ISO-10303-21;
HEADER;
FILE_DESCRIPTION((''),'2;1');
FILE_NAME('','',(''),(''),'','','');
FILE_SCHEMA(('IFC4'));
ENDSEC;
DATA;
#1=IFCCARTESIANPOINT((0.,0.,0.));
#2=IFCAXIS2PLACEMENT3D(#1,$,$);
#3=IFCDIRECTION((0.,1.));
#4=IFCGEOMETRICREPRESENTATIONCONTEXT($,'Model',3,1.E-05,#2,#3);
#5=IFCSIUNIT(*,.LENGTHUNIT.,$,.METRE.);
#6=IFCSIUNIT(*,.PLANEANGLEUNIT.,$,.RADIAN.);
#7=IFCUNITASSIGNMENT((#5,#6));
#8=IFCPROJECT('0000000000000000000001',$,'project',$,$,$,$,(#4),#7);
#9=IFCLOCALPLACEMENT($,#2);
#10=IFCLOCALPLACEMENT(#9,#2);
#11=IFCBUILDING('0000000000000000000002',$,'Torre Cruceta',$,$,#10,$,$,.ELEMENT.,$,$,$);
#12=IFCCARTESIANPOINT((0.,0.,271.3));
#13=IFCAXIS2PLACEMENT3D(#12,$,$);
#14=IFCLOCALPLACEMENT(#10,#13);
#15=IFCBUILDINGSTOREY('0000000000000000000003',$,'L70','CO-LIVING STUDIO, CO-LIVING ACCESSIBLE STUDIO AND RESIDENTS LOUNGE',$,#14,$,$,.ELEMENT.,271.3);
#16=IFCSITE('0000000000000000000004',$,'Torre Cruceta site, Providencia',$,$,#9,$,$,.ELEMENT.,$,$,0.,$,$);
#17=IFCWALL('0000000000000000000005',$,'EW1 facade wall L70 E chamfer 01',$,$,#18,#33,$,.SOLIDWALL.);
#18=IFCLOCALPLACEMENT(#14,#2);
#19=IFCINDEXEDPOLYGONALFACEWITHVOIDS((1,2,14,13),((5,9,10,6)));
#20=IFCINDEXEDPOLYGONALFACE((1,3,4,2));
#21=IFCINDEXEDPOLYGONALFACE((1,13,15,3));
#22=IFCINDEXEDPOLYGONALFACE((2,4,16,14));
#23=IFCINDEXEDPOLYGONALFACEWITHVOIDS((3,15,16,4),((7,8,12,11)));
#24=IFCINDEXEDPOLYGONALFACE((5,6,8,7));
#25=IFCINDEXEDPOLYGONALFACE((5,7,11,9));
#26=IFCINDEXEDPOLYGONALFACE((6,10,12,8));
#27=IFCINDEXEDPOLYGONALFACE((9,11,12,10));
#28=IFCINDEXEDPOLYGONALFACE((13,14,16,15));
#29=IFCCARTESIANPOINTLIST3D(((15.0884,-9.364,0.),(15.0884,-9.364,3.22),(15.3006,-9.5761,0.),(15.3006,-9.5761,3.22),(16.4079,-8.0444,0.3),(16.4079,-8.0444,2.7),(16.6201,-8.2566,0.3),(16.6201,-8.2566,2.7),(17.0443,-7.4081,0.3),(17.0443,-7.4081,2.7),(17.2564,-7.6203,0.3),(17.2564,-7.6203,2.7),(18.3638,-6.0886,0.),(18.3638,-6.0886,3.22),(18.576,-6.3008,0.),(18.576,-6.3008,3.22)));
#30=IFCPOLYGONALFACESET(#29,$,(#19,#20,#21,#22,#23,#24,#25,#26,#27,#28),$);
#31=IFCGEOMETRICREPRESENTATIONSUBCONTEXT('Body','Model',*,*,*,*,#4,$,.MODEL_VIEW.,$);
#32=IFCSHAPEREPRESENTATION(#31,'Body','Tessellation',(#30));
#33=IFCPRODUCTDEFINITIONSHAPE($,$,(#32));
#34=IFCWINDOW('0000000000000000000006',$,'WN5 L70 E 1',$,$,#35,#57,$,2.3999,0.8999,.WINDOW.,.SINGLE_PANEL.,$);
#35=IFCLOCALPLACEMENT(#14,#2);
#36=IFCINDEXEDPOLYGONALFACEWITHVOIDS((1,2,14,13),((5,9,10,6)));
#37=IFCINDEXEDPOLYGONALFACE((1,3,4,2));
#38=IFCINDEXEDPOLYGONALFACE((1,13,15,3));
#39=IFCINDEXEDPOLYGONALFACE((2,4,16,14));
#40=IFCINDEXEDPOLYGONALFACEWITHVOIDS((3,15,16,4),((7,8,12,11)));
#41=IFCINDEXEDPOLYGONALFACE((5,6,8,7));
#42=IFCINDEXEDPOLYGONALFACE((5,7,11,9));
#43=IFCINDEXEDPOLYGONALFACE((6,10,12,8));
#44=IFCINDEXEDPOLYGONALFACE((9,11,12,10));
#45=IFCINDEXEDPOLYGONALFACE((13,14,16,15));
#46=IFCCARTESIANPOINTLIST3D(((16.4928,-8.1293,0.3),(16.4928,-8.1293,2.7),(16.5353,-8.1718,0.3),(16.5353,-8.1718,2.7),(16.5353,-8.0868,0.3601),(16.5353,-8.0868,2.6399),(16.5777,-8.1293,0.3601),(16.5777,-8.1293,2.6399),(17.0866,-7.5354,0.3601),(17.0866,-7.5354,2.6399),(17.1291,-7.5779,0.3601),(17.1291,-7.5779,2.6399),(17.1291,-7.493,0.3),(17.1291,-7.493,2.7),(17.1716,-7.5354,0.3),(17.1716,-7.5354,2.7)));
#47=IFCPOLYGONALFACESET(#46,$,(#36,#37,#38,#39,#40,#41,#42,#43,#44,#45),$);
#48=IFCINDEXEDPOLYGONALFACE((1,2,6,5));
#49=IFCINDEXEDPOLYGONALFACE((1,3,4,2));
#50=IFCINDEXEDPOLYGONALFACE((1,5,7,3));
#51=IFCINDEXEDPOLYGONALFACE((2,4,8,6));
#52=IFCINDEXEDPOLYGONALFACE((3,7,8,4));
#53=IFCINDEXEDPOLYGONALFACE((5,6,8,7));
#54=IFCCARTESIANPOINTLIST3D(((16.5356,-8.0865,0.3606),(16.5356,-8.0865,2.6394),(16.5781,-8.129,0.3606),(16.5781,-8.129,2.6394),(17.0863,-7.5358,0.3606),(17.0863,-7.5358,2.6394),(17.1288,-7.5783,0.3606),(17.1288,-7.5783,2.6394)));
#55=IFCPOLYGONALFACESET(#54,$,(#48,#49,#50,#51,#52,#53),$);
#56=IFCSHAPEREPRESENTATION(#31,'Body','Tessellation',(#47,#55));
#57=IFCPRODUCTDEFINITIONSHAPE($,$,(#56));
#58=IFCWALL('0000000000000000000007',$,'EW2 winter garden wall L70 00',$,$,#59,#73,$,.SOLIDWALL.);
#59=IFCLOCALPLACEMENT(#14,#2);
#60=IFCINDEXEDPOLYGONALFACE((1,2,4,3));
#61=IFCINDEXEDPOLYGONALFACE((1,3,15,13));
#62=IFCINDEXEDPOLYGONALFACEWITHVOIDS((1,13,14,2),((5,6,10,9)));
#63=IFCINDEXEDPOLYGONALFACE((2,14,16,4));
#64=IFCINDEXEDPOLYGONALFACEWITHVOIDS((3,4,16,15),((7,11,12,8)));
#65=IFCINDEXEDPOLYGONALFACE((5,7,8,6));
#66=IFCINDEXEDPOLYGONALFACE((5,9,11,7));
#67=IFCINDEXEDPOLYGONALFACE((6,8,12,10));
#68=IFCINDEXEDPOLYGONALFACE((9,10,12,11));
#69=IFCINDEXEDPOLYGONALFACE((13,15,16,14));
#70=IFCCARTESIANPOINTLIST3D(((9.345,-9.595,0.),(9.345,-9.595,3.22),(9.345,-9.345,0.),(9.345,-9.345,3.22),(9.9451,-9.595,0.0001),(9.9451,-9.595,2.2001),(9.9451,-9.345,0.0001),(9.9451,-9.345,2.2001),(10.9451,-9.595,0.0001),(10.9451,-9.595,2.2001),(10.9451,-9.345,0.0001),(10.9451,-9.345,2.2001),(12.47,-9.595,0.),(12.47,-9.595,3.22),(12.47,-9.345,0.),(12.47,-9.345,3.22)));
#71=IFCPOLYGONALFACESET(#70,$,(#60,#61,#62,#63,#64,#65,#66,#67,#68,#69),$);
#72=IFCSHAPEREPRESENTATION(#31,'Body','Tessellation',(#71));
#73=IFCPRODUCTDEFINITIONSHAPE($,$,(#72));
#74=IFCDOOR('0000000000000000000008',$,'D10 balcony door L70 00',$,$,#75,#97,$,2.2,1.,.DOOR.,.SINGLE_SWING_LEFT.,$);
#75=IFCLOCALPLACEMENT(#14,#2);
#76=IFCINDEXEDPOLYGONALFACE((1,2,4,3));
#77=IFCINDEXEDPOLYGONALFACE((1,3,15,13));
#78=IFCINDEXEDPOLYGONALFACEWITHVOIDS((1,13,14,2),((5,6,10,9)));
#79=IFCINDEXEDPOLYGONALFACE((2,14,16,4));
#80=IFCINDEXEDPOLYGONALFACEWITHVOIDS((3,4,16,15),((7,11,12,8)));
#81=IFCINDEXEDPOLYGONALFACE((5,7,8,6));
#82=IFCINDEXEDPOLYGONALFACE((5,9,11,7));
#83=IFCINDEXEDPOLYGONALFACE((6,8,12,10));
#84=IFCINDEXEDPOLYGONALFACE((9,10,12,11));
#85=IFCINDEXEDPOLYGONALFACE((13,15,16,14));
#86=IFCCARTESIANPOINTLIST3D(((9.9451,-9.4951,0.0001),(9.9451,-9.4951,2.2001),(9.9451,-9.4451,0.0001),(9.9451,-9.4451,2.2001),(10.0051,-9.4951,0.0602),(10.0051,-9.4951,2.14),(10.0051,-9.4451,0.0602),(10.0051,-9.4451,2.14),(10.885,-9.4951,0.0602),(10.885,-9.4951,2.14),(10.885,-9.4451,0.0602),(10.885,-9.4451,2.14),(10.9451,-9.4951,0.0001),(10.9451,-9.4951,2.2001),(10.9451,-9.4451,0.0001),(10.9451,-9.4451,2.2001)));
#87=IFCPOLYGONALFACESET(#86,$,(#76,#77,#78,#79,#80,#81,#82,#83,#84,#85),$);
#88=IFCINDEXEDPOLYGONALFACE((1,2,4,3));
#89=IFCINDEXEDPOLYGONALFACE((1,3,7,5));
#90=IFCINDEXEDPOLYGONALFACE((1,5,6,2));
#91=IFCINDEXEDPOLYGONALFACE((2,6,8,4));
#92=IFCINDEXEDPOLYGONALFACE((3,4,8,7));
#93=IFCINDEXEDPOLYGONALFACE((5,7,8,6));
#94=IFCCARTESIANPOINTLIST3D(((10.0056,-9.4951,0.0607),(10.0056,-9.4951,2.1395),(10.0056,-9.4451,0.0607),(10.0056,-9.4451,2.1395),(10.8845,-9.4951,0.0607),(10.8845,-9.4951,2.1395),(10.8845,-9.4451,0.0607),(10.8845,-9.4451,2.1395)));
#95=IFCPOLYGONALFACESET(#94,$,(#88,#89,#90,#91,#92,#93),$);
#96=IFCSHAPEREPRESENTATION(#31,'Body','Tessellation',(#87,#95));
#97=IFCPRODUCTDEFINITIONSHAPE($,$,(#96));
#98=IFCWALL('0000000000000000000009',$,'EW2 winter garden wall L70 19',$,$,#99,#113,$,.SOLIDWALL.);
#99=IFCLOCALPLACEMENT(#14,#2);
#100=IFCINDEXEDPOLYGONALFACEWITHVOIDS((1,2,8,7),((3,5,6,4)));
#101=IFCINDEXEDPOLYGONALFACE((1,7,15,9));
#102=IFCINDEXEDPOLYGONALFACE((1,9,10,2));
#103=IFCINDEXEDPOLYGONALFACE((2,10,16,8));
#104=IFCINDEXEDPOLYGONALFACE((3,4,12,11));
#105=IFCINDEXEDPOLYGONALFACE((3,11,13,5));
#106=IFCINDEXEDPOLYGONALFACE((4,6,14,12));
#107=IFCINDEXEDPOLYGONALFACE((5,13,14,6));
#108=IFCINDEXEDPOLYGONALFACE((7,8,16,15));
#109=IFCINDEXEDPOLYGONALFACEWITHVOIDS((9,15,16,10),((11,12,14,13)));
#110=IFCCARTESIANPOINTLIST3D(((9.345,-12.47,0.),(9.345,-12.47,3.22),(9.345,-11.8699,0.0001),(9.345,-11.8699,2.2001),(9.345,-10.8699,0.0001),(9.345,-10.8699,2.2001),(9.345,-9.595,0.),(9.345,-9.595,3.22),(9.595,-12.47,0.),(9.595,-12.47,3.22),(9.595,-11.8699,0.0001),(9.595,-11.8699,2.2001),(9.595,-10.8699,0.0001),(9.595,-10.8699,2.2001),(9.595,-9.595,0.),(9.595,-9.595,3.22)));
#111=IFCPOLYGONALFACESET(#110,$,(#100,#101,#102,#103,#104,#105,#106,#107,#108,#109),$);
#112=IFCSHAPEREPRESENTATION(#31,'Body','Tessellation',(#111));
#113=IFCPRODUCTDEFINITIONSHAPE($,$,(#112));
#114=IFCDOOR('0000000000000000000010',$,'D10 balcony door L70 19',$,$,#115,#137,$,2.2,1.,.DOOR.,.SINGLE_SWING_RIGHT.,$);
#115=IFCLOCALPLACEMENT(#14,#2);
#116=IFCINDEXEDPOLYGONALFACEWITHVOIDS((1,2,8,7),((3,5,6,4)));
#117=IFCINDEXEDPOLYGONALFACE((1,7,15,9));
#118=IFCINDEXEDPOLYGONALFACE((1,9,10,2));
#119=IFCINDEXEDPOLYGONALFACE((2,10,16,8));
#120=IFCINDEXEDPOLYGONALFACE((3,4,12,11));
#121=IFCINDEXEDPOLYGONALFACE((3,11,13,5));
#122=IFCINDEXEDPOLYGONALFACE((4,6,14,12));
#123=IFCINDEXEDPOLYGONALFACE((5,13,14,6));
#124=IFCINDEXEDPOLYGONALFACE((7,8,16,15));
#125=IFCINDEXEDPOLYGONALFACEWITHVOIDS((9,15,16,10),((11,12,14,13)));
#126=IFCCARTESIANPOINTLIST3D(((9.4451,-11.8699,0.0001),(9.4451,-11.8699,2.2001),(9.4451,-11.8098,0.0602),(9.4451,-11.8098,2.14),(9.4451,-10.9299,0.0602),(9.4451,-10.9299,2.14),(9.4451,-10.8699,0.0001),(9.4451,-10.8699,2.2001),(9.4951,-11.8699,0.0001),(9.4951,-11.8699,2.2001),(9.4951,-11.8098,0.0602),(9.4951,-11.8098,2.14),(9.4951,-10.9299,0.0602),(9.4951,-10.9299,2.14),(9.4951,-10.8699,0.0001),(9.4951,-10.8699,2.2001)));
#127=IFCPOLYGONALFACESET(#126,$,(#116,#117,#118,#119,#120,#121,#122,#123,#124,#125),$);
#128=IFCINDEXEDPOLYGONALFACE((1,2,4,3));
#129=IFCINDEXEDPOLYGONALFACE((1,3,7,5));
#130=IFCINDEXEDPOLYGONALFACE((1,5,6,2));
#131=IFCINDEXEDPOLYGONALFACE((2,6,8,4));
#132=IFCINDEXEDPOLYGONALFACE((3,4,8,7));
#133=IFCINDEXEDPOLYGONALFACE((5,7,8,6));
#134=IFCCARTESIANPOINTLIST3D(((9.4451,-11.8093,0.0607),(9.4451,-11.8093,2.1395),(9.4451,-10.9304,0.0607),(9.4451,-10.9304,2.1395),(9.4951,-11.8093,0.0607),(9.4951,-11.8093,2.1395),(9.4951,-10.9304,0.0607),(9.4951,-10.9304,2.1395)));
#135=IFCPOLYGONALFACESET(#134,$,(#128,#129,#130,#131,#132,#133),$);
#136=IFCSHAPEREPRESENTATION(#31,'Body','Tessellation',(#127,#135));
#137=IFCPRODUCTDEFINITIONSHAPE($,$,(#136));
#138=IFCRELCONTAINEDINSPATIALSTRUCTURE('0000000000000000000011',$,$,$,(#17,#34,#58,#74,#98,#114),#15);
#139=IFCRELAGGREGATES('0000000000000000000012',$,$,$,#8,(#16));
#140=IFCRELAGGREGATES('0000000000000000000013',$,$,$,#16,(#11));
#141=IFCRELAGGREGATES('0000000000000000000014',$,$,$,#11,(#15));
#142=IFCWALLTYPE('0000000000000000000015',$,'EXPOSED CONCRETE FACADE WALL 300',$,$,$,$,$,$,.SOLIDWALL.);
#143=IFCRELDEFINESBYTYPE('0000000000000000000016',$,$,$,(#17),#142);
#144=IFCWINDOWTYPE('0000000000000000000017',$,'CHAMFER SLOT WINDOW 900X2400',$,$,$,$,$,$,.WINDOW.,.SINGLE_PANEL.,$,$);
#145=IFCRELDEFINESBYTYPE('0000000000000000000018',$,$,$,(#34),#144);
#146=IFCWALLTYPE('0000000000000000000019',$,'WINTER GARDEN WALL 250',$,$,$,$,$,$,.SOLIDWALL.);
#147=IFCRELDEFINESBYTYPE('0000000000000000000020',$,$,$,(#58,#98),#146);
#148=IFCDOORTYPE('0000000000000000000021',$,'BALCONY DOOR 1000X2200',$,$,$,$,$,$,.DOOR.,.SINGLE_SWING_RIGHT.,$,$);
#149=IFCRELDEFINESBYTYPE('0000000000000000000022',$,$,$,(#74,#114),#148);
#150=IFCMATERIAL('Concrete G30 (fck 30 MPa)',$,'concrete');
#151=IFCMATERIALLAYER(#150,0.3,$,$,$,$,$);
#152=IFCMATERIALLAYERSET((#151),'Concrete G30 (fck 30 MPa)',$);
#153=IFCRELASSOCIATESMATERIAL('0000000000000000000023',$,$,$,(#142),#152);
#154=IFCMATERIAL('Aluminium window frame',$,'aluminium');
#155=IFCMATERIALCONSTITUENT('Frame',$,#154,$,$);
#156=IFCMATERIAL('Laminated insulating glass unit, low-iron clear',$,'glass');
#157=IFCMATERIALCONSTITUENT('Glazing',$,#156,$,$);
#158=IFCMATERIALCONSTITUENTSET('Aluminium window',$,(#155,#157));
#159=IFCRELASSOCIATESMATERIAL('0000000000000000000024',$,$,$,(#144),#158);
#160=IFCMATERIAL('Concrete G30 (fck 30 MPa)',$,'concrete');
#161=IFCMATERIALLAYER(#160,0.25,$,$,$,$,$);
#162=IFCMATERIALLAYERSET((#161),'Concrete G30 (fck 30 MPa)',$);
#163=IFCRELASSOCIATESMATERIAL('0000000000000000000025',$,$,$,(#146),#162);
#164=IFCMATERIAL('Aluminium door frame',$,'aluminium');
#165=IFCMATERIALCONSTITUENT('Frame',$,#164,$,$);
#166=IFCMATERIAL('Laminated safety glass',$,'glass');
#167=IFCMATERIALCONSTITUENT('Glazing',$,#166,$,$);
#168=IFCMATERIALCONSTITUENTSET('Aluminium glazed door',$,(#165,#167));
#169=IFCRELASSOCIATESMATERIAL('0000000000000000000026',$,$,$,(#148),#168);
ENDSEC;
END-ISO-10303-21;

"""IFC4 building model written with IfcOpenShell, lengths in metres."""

from ifc_helpers import new_model, si_unit, direction, frame, frame_2d, origin, place, context, subcontext, project, spatial, rectangle, hollow_rectangle, extrude, material, layer, layer_set, constituent, constituent_set, type_object, element, fill, save


model = new_model("IFC4")

# Units and contexts
model_context = context("Model", 3, precision=1e-05, world=origin(), true_north=direction((0.0, 1.0)))
body_context = subcontext(model_context, "Body", "Model", "MODEL_VIEW")
ifc_project = project(units=[si_unit("LENGTHUNIT", "METRE"), si_unit("PLANEANGLEUNIT", "RADIAN")], contexts=[model_context])

# Site, building, storey
site_placement = place(None, origin())
site = spatial("IfcSite", under=ifc_project, at=site_placement, Name="Torre Cruceta site, Providencia", CompositionType="ELEMENT", RefElevation=0.0)
building_placement = place(site_placement, origin())
building = spatial("IfcBuilding", under=site, at=building_placement, Name="Torre Cruceta", CompositionType="ELEMENT")
storey_placement = place(building_placement, frame((0.0, 0.0, 271.3)))
storey = spatial("IfcBuildingStorey", under=building, at=storey_placement, Name="L70", Description="CO-LIVING STUDIO, CO-LIVING ACCESSIBLE STUDIO AND RESIDENTS LOUNGE", CompositionType="ELEMENT", Elevation=271.3)

# Wall, opening, window
ifc_material_1 = material(Name="Concrete G30 (fck 30 MPa)", Category="concrete")
ifc_layer_1 = layer(ifc_material_1, 0.3)
ifc_layer_set_1 = layer_set([ifc_layer_1], Name="Concrete G30 (fck 30 MPa)")
wall_type_1 = type_object("IfcWallType", Name="EXPOSED CONCRETE FACADE WALL 300", PredefinedType="SOLIDWALL", material=ifc_layer_set_1)
wall_1_placement = place(storey_placement, frame((15.1946, -9.47, 0.0), z_axis=(0.0, 0.0, 1.0), x_axis=(0.707107, 0.707107, 0.0)))
wall_1 = element("IfcWall", 1, at=wall_1_placement, inside=storey, type_object=wall_type_1, Name="EW1 facade wall L70 E chamfer 01", PredefinedType="SOLIDWALL", context=body_context, shape_type="SweptSolid", body=[
    extrude(rectangle(XDim=4.6321, YDim=0.3, at=frame_2d((2.3159, 0.0))), origin(), (0.0, 0.0, 1.0), 3.22),
])
opening_1_placement = place(wall_1_placement, frame((1.866, 0.0, 0.3)))
opening_1 = element("IfcOpeningElement", 2, at=opening_1_placement, cuts=wall_1, PredefinedType="OPENING", context=body_context, shape_type="SweptSolid", body=[
    extrude(rectangle(XDim=0.8999, YDim=2.3999, at=frame_2d((0.45, 1.2))), frame((0.0, 0.1599, 0.0), z_axis=(0.0, -1.0, 0.0), x_axis=(1.0, 0.0, 0.0)), (0.0, 0.0, 1.0), 0.3201),
])
ifc_material_2 = material(Name="Aluminium window frame", Category="aluminium")
ifc_constituent_1 = constituent(ifc_material_2, Name="Frame")
ifc_material_3 = material(Name="Laminated insulating glass unit, low-iron clear", Category="glass")
ifc_constituent_2 = constituent(ifc_material_3, Name="Glazing")
ifc_constituent_set_1 = constituent_set(constituents=[ifc_constituent_1, ifc_constituent_2], Name="Aluminium window")
window_type = type_object("IfcWindowType", Name="CHAMFER SLOT WINDOW 900X2400", PartitioningType="SINGLE_PANEL", PredefinedType="WINDOW", material=ifc_constituent_set_1)
window_placement = place(opening_1_placement, origin())
window = element("IfcWindow", 3, at=window_placement, inside=storey, type_object=window_type, Name="WN5 L70 E 1", OverallHeight=2.3999, OverallWidth=0.8999, PartitioningType="SINGLE_PANEL", PredefinedType="WINDOW", context=body_context, shape_type="SweptSolid", body=[
    extrude(hollow_rectangle(XDim=0.8999, YDim=2.3999, WallThickness=0.0601, at=frame_2d((0.45, 1.2))), frame((0.0, 0.03, 0.0), z_axis=(0.0, -1.0, 0.0), x_axis=(1.0, 0.0, 0.0)), (0.0, 0.0, 1.0), 0.0601),
    extrude(rectangle(XDim=0.7788, YDim=2.2788, at=frame_2d((0.45, 1.2))), frame((0.0, 0.03, 0.0), z_axis=(0.0, -1.0, 0.0), x_axis=(1.0, 0.0, 0.0)), (0.0, 0.0, 1.0), 0.0601),
])
fill(opening_1, window)

# Walls, openings, doors
ifc_material_4 = material(Name="Concrete G30 (fck 30 MPa)", Category="concrete")
ifc_layer_2 = layer(ifc_material_4, 0.25)
ifc_layer_set_2 = layer_set([ifc_layer_2], Name="Concrete G30 (fck 30 MPa)")
wall_type_2 = type_object("IfcWallType", Name="WINTER GARDEN WALL 250", PredefinedType="SOLIDWALL", material=ifc_layer_set_2)
wall_2_placement = place(storey_placement, frame((9.345, -9.47, 0.0), z_axis=(0.0, 0.0, 1.0), x_axis=(1.0, 0.0, 0.0)))
wall_2 = element("IfcWall", 4, at=wall_2_placement, inside=storey, type_object=wall_type_2, Name="EW2 winter garden wall L70 00", PredefinedType="SOLIDWALL", context=body_context, shape_type="SweptSolid", body=[
    extrude(rectangle(XDim=3.125, YDim=0.25, at=frame_2d((1.5625, 0.0))), origin(), (0.0, 0.0, 1.0), 3.22),
])
opening_2_placement = place(wall_2_placement, frame((0.6001, 0.0, 0.0)))
opening_2 = element("IfcOpeningElement", 5, at=opening_2_placement, cuts=wall_2, PredefinedType="OPENING", context=body_context, shape_type="SweptSolid", body=[
    extrude(rectangle(XDim=1.0, YDim=2.2, at=frame_2d((0.5, 1.1001))), frame((0.0, 0.135, 0.0), z_axis=(0.0, -1.0, 0.0), x_axis=(1.0, 0.0, 0.0)), (0.0, 0.0, 1.0), 0.27),
])
ifc_material_5 = material(Name="Aluminium door frame", Category="aluminium")
ifc_constituent_3 = constituent(ifc_material_5, Name="Frame")
ifc_material_6 = material(Name="Laminated safety glass", Category="glass")
ifc_constituent_4 = constituent(ifc_material_6, Name="Glazing")
ifc_constituent_set_2 = constituent_set(constituents=[ifc_constituent_3, ifc_constituent_4], Name="Aluminium glazed door")
door_type_1 = type_object("IfcDoorType", Name="BALCONY DOOR 1000X2200", OperationType="SINGLE_SWING_RIGHT", PredefinedType="DOOR", material=ifc_constituent_set_2)
door_1_placement = place(opening_2_placement, origin())
door_1 = element("IfcDoor", 6, at=door_1_placement, inside=storey, type_object=door_type_1, Name="D10 balcony door L70 00", OperationType="SINGLE_SWING_LEFT", OverallHeight=2.2, OverallWidth=1.0, PredefinedType="DOOR", context=body_context, shape_type="SweptSolid", body=[
    extrude(hollow_rectangle(XDim=1.0, YDim=2.2, WallThickness=0.0601, at=frame_2d((0.5, 1.1001))), frame((0.0, 0.0249, 0.0), z_axis=(0.0, -1.0, 0.0), x_axis=(1.0, 0.0, 0.0)), (0.0, 0.0, 1.0), 0.05),
    extrude(rectangle(XDim=0.8789, YDim=2.0789, at=frame_2d((0.5, 1.1001))), frame((0.0, 0.0249, 0.0), z_axis=(0.0, -1.0, 0.0), x_axis=(1.0, 0.0, 0.0)), (0.0, 0.0, 1.0), 0.05),
])
fill(opening_2, door_1)
wall_3_placement = place(storey_placement, frame((9.47, -12.47, 0.0), z_axis=(0.0, 0.0, 1.0), x_axis=(0.0, 1.0, 0.0)))
wall_3 = element("IfcWall", 7, at=wall_3_placement, inside=storey, type_object=wall_type_2, Name="EW2 winter garden wall L70 19", PredefinedType="SOLIDWALL", context=body_context, shape_type="SweptSolid", body=[
    extrude(rectangle(XDim=2.875, YDim=0.25, at=frame_2d((1.4375, 0.0))), origin(), (0.0, 0.0, 1.0), 3.22),
])
opening_3_placement = place(wall_3_placement, frame((0.6001, 0.0, 0.0)))
opening_3 = element("IfcOpeningElement", 8, at=opening_3_placement, cuts=wall_3, PredefinedType="OPENING", context=body_context, shape_type="SweptSolid", body=[
    extrude(rectangle(XDim=1.0, YDim=2.2, at=frame_2d((0.5, 1.1001))), frame((0.0, 0.135, 0.0), z_axis=(0.0, -1.0, 0.0), x_axis=(1.0, 0.0, 0.0)), (0.0, 0.0, 1.0), 0.27),
])
door_2_placement = place(opening_3_placement, origin())
door_2 = element("IfcDoor", 9, at=door_2_placement, inside=storey, type_object=door_type_1, Name="D10 balcony door L70 19", OperationType="SINGLE_SWING_RIGHT", OverallHeight=2.2, OverallWidth=1.0, PredefinedType="DOOR", context=body_context, shape_type="SweptSolid", body=[
    extrude(hollow_rectangle(XDim=1.0, YDim=2.2, WallThickness=0.0601, at=frame_2d((0.5, 1.1001))), frame((0.0, 0.0249, 0.0), z_axis=(0.0, -1.0, 0.0), x_axis=(1.0, 0.0, 0.0)), (0.0, 0.0, 1.0), 0.05),
    extrude(rectangle(XDim=0.8789, YDim=2.0789, at=frame_2d((0.5, 1.1001))), frame((0.0, 0.0249, 0.0), z_axis=(0.0, -1.0, 0.0), x_axis=(1.0, 0.0, 0.0)), (0.0, 0.0, 1.0), 0.05),
])
fill(opening_3, door_2)

save(model, "model.ifc")
